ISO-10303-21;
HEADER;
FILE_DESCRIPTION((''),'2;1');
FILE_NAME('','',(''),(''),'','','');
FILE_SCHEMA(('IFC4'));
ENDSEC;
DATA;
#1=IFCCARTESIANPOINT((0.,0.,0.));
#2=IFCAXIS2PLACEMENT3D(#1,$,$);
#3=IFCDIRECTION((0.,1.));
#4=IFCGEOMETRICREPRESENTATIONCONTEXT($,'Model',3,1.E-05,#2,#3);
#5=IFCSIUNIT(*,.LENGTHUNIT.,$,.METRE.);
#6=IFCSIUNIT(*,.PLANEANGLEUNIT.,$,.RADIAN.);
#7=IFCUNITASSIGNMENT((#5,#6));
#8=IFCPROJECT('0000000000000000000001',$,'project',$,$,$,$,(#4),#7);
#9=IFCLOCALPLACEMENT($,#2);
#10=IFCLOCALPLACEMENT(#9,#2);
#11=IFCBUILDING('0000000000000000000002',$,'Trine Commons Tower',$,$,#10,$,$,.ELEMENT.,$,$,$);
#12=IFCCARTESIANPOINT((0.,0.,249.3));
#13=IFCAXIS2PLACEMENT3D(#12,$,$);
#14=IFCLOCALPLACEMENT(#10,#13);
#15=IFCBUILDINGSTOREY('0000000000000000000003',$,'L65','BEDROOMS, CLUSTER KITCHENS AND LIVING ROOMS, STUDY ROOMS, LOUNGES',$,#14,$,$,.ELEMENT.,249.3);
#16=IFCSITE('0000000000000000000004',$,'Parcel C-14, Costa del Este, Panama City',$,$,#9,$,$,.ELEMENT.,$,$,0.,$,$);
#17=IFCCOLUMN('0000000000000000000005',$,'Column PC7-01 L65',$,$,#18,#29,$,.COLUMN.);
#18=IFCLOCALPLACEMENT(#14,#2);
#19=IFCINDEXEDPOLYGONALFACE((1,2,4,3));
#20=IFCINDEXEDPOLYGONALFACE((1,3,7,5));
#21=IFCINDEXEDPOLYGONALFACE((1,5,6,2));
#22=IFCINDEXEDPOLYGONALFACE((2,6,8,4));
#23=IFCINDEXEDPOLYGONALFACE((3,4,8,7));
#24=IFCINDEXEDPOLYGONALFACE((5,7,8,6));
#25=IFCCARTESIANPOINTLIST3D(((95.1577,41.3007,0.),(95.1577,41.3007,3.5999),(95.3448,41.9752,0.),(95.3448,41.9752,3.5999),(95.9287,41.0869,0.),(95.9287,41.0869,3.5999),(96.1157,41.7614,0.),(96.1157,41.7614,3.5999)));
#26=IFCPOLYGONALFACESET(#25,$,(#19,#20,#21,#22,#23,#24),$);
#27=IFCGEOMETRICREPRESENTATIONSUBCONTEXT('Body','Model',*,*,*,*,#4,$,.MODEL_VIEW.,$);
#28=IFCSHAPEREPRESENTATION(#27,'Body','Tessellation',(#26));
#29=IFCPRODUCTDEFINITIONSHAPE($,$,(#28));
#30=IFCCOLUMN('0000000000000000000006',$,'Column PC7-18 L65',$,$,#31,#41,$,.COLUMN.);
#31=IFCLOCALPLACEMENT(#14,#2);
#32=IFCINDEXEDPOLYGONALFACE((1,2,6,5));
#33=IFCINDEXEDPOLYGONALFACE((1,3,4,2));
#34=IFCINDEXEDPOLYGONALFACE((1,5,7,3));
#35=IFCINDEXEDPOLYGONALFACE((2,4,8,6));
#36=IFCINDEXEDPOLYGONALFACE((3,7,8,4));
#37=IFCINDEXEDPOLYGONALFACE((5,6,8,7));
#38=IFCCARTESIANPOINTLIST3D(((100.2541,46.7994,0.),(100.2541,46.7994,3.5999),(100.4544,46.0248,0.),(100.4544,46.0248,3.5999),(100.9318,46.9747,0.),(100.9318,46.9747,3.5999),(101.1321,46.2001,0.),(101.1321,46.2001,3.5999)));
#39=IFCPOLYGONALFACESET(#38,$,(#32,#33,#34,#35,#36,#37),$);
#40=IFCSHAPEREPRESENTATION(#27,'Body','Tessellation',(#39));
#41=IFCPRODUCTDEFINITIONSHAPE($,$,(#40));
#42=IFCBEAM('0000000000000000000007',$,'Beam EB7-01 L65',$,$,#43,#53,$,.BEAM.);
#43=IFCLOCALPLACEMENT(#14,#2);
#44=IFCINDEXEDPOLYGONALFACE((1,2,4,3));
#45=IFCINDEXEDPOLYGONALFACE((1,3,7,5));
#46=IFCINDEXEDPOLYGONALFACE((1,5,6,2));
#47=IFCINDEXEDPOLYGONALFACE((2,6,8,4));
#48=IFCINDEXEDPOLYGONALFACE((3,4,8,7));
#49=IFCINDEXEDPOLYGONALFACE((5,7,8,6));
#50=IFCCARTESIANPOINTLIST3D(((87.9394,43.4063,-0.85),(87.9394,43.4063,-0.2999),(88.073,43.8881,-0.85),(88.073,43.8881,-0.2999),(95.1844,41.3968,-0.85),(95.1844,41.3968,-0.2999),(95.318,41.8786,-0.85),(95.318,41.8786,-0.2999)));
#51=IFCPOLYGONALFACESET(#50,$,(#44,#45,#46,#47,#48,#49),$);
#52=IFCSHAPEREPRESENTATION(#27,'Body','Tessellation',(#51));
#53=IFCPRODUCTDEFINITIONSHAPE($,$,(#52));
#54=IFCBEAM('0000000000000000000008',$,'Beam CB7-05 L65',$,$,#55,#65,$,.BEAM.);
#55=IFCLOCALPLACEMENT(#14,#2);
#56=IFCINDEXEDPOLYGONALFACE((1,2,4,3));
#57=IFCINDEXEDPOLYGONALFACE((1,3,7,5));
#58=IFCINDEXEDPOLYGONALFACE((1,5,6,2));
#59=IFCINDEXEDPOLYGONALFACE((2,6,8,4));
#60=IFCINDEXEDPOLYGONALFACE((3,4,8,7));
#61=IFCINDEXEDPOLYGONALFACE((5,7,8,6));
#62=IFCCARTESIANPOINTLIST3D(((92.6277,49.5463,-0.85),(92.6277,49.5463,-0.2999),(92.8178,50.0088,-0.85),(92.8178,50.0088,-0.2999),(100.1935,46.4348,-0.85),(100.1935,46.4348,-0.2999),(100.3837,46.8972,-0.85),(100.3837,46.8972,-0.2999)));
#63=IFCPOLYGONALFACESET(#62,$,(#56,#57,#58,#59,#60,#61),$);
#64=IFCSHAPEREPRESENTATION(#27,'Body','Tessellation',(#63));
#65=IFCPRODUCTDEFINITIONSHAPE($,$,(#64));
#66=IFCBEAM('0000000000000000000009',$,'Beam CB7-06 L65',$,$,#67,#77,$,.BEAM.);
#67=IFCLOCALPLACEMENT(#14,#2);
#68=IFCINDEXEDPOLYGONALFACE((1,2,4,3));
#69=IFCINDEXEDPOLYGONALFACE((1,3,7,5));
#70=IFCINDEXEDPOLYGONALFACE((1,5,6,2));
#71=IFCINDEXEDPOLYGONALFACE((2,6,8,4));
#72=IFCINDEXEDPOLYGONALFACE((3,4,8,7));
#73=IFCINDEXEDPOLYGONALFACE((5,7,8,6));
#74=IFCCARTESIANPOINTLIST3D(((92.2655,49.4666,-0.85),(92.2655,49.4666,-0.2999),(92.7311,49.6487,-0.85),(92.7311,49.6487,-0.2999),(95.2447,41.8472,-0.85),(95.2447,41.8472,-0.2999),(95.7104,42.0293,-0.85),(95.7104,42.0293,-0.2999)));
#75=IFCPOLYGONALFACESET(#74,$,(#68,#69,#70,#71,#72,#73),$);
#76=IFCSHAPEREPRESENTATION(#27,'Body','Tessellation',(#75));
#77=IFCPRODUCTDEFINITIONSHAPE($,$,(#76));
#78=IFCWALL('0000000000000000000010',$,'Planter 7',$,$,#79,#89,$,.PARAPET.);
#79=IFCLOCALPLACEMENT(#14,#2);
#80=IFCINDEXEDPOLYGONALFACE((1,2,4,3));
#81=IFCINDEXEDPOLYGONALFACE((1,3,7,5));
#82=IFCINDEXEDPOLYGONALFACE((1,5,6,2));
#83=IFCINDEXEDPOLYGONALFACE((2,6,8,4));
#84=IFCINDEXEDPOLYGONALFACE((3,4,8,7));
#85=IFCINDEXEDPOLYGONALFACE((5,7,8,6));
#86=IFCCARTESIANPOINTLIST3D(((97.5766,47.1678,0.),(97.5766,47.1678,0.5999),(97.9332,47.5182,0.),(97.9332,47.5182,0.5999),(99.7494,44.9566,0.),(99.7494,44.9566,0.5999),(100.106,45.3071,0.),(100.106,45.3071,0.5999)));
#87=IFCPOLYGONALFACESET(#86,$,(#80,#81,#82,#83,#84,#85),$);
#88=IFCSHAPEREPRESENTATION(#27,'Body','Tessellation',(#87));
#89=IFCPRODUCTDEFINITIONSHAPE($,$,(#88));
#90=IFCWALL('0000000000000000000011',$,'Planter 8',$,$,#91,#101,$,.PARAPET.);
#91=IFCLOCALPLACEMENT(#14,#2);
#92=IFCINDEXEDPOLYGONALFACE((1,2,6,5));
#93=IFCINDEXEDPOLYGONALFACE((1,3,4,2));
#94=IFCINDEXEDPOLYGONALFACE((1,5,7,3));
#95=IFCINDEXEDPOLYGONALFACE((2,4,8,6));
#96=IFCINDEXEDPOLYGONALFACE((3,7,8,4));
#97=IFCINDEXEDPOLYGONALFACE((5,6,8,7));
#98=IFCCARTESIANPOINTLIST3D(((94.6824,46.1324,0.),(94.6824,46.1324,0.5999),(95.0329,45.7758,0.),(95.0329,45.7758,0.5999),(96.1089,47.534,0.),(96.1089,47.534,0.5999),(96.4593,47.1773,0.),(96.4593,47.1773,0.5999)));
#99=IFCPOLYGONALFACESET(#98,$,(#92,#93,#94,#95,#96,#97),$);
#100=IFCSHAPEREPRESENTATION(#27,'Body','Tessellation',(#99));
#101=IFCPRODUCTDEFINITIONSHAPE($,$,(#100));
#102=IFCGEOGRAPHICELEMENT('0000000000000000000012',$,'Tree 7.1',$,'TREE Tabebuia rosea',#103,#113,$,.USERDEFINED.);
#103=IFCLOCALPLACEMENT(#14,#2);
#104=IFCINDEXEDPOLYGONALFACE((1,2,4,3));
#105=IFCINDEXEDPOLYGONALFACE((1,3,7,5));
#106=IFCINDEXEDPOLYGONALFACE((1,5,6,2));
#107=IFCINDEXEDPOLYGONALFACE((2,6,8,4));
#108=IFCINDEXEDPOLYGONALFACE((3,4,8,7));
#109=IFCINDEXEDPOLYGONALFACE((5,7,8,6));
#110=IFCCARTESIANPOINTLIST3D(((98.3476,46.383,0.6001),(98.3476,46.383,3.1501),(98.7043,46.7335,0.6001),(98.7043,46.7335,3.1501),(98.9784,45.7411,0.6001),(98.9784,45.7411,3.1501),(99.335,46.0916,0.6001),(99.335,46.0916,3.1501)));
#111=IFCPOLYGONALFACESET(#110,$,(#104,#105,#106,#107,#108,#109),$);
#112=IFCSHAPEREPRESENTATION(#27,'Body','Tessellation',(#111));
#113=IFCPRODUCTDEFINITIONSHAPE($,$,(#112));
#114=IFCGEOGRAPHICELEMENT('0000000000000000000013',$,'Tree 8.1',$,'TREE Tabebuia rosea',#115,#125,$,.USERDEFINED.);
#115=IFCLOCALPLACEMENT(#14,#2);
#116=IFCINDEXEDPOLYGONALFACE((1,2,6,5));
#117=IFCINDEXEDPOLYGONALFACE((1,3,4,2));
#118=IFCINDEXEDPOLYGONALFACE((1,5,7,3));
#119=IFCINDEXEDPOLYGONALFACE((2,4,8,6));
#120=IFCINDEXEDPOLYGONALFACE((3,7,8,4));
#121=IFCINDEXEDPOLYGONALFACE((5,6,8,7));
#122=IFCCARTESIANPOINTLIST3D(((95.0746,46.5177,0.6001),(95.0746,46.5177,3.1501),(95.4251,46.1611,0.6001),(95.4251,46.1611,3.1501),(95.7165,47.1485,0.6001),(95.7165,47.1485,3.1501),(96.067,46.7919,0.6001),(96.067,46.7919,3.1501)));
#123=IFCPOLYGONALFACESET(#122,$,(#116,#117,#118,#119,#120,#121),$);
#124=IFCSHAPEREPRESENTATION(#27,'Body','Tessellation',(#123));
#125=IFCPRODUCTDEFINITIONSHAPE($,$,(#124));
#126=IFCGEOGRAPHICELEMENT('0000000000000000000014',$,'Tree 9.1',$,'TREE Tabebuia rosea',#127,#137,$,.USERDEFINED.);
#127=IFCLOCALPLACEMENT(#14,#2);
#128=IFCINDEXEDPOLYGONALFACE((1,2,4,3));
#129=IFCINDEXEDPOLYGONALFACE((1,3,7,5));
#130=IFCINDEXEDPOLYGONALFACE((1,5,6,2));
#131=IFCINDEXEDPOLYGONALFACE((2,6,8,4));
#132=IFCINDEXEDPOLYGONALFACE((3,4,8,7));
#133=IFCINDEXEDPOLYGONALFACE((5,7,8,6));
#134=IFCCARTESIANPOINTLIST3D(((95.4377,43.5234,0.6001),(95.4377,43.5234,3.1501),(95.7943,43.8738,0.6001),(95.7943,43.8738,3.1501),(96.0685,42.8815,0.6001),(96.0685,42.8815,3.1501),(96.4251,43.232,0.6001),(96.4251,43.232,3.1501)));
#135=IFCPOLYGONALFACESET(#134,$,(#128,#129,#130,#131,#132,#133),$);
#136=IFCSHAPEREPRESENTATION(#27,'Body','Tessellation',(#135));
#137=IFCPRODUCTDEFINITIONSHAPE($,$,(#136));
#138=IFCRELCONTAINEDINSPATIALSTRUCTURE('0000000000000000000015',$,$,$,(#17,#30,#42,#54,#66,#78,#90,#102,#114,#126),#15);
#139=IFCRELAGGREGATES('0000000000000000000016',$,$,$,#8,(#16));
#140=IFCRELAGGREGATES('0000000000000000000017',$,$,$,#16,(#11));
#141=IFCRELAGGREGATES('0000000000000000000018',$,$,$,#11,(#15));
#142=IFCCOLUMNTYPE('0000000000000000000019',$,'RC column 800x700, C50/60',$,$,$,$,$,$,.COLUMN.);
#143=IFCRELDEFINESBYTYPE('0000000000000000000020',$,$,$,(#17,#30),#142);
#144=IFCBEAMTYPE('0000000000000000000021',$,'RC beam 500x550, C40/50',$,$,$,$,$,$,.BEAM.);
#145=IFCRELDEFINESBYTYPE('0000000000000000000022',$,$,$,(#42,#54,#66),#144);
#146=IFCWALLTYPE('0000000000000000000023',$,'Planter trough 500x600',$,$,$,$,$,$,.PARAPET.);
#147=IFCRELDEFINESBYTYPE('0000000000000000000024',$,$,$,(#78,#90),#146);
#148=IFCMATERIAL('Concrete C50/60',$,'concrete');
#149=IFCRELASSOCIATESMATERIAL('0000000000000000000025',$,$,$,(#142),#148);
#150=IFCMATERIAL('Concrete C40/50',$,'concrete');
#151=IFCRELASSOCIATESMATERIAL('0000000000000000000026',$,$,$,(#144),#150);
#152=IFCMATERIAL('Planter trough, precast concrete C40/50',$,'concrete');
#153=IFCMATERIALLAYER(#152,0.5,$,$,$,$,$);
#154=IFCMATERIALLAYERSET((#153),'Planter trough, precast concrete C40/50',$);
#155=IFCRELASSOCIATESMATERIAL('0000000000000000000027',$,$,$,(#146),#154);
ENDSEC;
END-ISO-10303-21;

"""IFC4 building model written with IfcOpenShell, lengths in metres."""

from ifc_helpers import new_model, si_unit, direction, frame, frame_2d, origin, origin_2d, place, context, subcontext, project, spatial, rectangle, extrude, material, layer, layer_set, material_profile, profile_set, type_object, element, save


model = new_model("IFC4")

# Units and contexts
model_context = context("Model", 3, precision=1e-05, world=origin(), true_north=direction((0.0, 1.0)))
body_context = subcontext(model_context, "Body", "Model", "MODEL_VIEW")
ifc_project = project(units=[si_unit("LENGTHUNIT", "METRE"), si_unit("PLANEANGLEUNIT", "RADIAN")], contexts=[model_context])

# Site, building, storey
site_placement = place(None, origin())
site = spatial("IfcSite", under=ifc_project, at=site_placement, Name="Parcel C-14, Costa del Este, Panama City", CompositionType="ELEMENT", RefElevation=0.0)
building_placement = place(site_placement, origin())
building = spatial("IfcBuilding", under=site, at=building_placement, Name="Trine Commons Tower", CompositionType="ELEMENT")
storey_placement = place(building_placement, frame((0.0, 0.0, 249.3)))
storey = spatial("IfcBuildingStorey", under=building, at=storey_placement, Name="L65", Description="BEDROOMS, CLUSTER KITCHENS AND LIVING ROOMS, STUDY ROOMS, LOUNGES", CompositionType="ELEMENT", Elevation=249.3)

# Columns
ifc_material_1 = material(Name="Concrete C50/60", Category="concrete")
ifc_material_profile_1 = material_profile(ifc_material_1, rectangle(XDim=0.8, YDim=0.7, at=origin_2d()), Name="RC 800x700")
ifc_profile_set_1 = profile_set([ifc_material_profile_1], Name="Concrete C50/60")
column_type = type_object("IfcColumnType", Name="RC column 800x700, C50/60", PredefinedType="COLUMN", material=ifc_profile_set_1)
for number, where, z_axis, x_axis, name in (
    (1, (95.6367, 41.531, 0.0), (0.0, 0.0, 1.0), (-0.96363, 0.267238, 0.0), "Column PC7-01 L65"),
    (2, (100.6931, 46.4998, 0.0), (0.0, 0.0, 1.0), (-0.25038, 0.968148, 0.0), "Column PC7-18 L65"),
):
    element("IfcColumn", number, at=place(storey_placement, frame(where, z_axis=z_axis, x_axis=x_axis)), inside=storey, type_object=column_type, Name=name, PredefinedType="COLUMN", context=body_context, shape_type="SweptSolid", body=[
        extrude(rectangle(XDim=0.8, YDim=0.7, at=origin_2d()), origin(), (0.0, 0.0, 1.0), 3.5999),
    ])

# Beams
ifc_material_2 = material(Name="Concrete C40/50", Category="concrete")
ifc_material_profile_2 = material_profile(ifc_material_2, rectangle(XDim=0.5, YDim=0.55, at=origin_2d()), Name="RC 500x550")
ifc_profile_set_2 = profile_set([ifc_material_profile_2], Name="Concrete C40/50")
beam_type = type_object("IfcBeamType", Name="RC beam 500x550, C40/50", PredefinedType="BEAM", material=ifc_profile_set_2)
beam_1_placement = place(storey_placement, frame((95.2512, 41.6377, -0.575), z_axis=(-0.963621, 0.267272, 0.0), x_axis=(-0.267272, -0.963621, 0.0)))
element("IfcBeam", 3, at=beam_1_placement, inside=storey, type_object=beam_type, Name="Beam EB7-01 L65", PredefinedType="BEAM", context=body_context, shape_type="SweptSolid", body=[
    extrude(rectangle(XDim=0.5, YDim=0.55, at=origin_2d()), origin(), (0.0, 0.0, 1.0), 7.5186),
])
beam_2_placement = place(storey_placement, frame((100.2886, 46.666, -0.575), z_axis=(-0.924842, 0.380352, 0.0), x_axis=(-0.380352, -0.924842, 0.0)))
element("IfcBeam", 4, at=beam_2_placement, inside=storey, type_object=beam_type, Name="Beam CB7-05 L65", PredefinedType="BEAM", context=body_context, shape_type="SweptSolid", body=[
    extrude(rectangle(XDim=0.5, YDim=0.55, at=origin_2d()), origin(), (0.0, 0.0, 1.0), 8.1807),
])
beam_3_placement = place(storey_placement, frame((95.4775, 41.9382, -0.575), z_axis=(-0.364161, 0.931336, 0.0), x_axis=(-0.931336, -0.364161, 0.0)))
element("IfcBeam", 5, at=beam_3_placement, inside=storey, type_object=beam_type, Name="Beam CB7-06 L65", PredefinedType="BEAM", context=body_context, shape_type="SweptSolid", body=[
    extrude(rectangle(XDim=0.5, YDim=0.55, at=origin_2d()), origin(), (0.0, 0.0, 1.0), 8.1812),
])

# Walls
ifc_material_3 = material(Name="Planter trough, precast concrete C40/50", Category="concrete")
ifc_layer = layer(ifc_material_3, 0.5)
ifc_layer_set = layer_set([ifc_layer], Name="Planter trough, precast concrete C40/50")
wall_type = type_object("IfcWallType", Name="Planter trough 500x600", PredefinedType="PARAPET", material=ifc_layer_set)
wall_1_placement = place(storey_placement, frame((99.9277, 45.1318, 0.0), z_axis=(0.0, 0.0, 1.0), x_axis=(-0.700898, 0.713262, 0.0)))
element("IfcWall", 6, at=wall_1_placement, inside=storey, type_object=wall_type, Name="Planter 7", PredefinedType="PARAPET", context=body_context, shape_type="SweptSolid", body=[
    extrude(rectangle(XDim=3.1001, YDim=0.5, at=frame_2d((1.55, 0.0))), origin(), (0.0, 0.0, 1.0), 0.5999),
])
wall_2_placement = place(storey_placement, frame((96.2842, 47.3557, 0.0), z_axis=(0.0, 0.0, 1.0), x_axis=(-0.713305, -0.700853, 0.0)))
element("IfcWall", 7, at=wall_2_placement, inside=storey, type_object=wall_type, Name="Planter 8", PredefinedType="PARAPET", context=body_context, shape_type="SweptSolid", body=[
    extrude(rectangle(XDim=1.9998, YDim=0.5, at=frame_2d((1.0, 0.0))), origin(), (0.0, 0.0, 1.0), 0.5999),
])

# Geographic elements
for number, where, z_axis, x_axis, name in (
    (8, (98.8413, 46.2373, 0.6001), (0.0, 0.0, 1.0), (-0.700898, 0.713261, 0.0), "Tree 7.1"),
    (9, (95.5708, 46.6548, 0.6001), (0.0, 0.0, 1.0), (-0.713239, -0.70092, 0.0), "Tree 8.1"),
    (10, (95.9314, 43.3777, 0.6001), (0.0, 0.0, 1.0), (0.700898, -0.713261, 0.0), "Tree 9.1"),
):
    element("IfcGeographicElement", number, at=place(storey_placement, frame(where, z_axis=z_axis, x_axis=x_axis)), inside=storey, Name=name, ObjectType="TREE Tabebuia rosea", PredefinedType="USERDEFINED", context=body_context, shape_type="SweptSolid", body=[
        extrude(rectangle(XDim=0.8999, YDim=0.5, at=origin_2d()), origin(), (0.0, 0.0, 1.0), 2.55),
    ])

save(model, "model.ifc")
